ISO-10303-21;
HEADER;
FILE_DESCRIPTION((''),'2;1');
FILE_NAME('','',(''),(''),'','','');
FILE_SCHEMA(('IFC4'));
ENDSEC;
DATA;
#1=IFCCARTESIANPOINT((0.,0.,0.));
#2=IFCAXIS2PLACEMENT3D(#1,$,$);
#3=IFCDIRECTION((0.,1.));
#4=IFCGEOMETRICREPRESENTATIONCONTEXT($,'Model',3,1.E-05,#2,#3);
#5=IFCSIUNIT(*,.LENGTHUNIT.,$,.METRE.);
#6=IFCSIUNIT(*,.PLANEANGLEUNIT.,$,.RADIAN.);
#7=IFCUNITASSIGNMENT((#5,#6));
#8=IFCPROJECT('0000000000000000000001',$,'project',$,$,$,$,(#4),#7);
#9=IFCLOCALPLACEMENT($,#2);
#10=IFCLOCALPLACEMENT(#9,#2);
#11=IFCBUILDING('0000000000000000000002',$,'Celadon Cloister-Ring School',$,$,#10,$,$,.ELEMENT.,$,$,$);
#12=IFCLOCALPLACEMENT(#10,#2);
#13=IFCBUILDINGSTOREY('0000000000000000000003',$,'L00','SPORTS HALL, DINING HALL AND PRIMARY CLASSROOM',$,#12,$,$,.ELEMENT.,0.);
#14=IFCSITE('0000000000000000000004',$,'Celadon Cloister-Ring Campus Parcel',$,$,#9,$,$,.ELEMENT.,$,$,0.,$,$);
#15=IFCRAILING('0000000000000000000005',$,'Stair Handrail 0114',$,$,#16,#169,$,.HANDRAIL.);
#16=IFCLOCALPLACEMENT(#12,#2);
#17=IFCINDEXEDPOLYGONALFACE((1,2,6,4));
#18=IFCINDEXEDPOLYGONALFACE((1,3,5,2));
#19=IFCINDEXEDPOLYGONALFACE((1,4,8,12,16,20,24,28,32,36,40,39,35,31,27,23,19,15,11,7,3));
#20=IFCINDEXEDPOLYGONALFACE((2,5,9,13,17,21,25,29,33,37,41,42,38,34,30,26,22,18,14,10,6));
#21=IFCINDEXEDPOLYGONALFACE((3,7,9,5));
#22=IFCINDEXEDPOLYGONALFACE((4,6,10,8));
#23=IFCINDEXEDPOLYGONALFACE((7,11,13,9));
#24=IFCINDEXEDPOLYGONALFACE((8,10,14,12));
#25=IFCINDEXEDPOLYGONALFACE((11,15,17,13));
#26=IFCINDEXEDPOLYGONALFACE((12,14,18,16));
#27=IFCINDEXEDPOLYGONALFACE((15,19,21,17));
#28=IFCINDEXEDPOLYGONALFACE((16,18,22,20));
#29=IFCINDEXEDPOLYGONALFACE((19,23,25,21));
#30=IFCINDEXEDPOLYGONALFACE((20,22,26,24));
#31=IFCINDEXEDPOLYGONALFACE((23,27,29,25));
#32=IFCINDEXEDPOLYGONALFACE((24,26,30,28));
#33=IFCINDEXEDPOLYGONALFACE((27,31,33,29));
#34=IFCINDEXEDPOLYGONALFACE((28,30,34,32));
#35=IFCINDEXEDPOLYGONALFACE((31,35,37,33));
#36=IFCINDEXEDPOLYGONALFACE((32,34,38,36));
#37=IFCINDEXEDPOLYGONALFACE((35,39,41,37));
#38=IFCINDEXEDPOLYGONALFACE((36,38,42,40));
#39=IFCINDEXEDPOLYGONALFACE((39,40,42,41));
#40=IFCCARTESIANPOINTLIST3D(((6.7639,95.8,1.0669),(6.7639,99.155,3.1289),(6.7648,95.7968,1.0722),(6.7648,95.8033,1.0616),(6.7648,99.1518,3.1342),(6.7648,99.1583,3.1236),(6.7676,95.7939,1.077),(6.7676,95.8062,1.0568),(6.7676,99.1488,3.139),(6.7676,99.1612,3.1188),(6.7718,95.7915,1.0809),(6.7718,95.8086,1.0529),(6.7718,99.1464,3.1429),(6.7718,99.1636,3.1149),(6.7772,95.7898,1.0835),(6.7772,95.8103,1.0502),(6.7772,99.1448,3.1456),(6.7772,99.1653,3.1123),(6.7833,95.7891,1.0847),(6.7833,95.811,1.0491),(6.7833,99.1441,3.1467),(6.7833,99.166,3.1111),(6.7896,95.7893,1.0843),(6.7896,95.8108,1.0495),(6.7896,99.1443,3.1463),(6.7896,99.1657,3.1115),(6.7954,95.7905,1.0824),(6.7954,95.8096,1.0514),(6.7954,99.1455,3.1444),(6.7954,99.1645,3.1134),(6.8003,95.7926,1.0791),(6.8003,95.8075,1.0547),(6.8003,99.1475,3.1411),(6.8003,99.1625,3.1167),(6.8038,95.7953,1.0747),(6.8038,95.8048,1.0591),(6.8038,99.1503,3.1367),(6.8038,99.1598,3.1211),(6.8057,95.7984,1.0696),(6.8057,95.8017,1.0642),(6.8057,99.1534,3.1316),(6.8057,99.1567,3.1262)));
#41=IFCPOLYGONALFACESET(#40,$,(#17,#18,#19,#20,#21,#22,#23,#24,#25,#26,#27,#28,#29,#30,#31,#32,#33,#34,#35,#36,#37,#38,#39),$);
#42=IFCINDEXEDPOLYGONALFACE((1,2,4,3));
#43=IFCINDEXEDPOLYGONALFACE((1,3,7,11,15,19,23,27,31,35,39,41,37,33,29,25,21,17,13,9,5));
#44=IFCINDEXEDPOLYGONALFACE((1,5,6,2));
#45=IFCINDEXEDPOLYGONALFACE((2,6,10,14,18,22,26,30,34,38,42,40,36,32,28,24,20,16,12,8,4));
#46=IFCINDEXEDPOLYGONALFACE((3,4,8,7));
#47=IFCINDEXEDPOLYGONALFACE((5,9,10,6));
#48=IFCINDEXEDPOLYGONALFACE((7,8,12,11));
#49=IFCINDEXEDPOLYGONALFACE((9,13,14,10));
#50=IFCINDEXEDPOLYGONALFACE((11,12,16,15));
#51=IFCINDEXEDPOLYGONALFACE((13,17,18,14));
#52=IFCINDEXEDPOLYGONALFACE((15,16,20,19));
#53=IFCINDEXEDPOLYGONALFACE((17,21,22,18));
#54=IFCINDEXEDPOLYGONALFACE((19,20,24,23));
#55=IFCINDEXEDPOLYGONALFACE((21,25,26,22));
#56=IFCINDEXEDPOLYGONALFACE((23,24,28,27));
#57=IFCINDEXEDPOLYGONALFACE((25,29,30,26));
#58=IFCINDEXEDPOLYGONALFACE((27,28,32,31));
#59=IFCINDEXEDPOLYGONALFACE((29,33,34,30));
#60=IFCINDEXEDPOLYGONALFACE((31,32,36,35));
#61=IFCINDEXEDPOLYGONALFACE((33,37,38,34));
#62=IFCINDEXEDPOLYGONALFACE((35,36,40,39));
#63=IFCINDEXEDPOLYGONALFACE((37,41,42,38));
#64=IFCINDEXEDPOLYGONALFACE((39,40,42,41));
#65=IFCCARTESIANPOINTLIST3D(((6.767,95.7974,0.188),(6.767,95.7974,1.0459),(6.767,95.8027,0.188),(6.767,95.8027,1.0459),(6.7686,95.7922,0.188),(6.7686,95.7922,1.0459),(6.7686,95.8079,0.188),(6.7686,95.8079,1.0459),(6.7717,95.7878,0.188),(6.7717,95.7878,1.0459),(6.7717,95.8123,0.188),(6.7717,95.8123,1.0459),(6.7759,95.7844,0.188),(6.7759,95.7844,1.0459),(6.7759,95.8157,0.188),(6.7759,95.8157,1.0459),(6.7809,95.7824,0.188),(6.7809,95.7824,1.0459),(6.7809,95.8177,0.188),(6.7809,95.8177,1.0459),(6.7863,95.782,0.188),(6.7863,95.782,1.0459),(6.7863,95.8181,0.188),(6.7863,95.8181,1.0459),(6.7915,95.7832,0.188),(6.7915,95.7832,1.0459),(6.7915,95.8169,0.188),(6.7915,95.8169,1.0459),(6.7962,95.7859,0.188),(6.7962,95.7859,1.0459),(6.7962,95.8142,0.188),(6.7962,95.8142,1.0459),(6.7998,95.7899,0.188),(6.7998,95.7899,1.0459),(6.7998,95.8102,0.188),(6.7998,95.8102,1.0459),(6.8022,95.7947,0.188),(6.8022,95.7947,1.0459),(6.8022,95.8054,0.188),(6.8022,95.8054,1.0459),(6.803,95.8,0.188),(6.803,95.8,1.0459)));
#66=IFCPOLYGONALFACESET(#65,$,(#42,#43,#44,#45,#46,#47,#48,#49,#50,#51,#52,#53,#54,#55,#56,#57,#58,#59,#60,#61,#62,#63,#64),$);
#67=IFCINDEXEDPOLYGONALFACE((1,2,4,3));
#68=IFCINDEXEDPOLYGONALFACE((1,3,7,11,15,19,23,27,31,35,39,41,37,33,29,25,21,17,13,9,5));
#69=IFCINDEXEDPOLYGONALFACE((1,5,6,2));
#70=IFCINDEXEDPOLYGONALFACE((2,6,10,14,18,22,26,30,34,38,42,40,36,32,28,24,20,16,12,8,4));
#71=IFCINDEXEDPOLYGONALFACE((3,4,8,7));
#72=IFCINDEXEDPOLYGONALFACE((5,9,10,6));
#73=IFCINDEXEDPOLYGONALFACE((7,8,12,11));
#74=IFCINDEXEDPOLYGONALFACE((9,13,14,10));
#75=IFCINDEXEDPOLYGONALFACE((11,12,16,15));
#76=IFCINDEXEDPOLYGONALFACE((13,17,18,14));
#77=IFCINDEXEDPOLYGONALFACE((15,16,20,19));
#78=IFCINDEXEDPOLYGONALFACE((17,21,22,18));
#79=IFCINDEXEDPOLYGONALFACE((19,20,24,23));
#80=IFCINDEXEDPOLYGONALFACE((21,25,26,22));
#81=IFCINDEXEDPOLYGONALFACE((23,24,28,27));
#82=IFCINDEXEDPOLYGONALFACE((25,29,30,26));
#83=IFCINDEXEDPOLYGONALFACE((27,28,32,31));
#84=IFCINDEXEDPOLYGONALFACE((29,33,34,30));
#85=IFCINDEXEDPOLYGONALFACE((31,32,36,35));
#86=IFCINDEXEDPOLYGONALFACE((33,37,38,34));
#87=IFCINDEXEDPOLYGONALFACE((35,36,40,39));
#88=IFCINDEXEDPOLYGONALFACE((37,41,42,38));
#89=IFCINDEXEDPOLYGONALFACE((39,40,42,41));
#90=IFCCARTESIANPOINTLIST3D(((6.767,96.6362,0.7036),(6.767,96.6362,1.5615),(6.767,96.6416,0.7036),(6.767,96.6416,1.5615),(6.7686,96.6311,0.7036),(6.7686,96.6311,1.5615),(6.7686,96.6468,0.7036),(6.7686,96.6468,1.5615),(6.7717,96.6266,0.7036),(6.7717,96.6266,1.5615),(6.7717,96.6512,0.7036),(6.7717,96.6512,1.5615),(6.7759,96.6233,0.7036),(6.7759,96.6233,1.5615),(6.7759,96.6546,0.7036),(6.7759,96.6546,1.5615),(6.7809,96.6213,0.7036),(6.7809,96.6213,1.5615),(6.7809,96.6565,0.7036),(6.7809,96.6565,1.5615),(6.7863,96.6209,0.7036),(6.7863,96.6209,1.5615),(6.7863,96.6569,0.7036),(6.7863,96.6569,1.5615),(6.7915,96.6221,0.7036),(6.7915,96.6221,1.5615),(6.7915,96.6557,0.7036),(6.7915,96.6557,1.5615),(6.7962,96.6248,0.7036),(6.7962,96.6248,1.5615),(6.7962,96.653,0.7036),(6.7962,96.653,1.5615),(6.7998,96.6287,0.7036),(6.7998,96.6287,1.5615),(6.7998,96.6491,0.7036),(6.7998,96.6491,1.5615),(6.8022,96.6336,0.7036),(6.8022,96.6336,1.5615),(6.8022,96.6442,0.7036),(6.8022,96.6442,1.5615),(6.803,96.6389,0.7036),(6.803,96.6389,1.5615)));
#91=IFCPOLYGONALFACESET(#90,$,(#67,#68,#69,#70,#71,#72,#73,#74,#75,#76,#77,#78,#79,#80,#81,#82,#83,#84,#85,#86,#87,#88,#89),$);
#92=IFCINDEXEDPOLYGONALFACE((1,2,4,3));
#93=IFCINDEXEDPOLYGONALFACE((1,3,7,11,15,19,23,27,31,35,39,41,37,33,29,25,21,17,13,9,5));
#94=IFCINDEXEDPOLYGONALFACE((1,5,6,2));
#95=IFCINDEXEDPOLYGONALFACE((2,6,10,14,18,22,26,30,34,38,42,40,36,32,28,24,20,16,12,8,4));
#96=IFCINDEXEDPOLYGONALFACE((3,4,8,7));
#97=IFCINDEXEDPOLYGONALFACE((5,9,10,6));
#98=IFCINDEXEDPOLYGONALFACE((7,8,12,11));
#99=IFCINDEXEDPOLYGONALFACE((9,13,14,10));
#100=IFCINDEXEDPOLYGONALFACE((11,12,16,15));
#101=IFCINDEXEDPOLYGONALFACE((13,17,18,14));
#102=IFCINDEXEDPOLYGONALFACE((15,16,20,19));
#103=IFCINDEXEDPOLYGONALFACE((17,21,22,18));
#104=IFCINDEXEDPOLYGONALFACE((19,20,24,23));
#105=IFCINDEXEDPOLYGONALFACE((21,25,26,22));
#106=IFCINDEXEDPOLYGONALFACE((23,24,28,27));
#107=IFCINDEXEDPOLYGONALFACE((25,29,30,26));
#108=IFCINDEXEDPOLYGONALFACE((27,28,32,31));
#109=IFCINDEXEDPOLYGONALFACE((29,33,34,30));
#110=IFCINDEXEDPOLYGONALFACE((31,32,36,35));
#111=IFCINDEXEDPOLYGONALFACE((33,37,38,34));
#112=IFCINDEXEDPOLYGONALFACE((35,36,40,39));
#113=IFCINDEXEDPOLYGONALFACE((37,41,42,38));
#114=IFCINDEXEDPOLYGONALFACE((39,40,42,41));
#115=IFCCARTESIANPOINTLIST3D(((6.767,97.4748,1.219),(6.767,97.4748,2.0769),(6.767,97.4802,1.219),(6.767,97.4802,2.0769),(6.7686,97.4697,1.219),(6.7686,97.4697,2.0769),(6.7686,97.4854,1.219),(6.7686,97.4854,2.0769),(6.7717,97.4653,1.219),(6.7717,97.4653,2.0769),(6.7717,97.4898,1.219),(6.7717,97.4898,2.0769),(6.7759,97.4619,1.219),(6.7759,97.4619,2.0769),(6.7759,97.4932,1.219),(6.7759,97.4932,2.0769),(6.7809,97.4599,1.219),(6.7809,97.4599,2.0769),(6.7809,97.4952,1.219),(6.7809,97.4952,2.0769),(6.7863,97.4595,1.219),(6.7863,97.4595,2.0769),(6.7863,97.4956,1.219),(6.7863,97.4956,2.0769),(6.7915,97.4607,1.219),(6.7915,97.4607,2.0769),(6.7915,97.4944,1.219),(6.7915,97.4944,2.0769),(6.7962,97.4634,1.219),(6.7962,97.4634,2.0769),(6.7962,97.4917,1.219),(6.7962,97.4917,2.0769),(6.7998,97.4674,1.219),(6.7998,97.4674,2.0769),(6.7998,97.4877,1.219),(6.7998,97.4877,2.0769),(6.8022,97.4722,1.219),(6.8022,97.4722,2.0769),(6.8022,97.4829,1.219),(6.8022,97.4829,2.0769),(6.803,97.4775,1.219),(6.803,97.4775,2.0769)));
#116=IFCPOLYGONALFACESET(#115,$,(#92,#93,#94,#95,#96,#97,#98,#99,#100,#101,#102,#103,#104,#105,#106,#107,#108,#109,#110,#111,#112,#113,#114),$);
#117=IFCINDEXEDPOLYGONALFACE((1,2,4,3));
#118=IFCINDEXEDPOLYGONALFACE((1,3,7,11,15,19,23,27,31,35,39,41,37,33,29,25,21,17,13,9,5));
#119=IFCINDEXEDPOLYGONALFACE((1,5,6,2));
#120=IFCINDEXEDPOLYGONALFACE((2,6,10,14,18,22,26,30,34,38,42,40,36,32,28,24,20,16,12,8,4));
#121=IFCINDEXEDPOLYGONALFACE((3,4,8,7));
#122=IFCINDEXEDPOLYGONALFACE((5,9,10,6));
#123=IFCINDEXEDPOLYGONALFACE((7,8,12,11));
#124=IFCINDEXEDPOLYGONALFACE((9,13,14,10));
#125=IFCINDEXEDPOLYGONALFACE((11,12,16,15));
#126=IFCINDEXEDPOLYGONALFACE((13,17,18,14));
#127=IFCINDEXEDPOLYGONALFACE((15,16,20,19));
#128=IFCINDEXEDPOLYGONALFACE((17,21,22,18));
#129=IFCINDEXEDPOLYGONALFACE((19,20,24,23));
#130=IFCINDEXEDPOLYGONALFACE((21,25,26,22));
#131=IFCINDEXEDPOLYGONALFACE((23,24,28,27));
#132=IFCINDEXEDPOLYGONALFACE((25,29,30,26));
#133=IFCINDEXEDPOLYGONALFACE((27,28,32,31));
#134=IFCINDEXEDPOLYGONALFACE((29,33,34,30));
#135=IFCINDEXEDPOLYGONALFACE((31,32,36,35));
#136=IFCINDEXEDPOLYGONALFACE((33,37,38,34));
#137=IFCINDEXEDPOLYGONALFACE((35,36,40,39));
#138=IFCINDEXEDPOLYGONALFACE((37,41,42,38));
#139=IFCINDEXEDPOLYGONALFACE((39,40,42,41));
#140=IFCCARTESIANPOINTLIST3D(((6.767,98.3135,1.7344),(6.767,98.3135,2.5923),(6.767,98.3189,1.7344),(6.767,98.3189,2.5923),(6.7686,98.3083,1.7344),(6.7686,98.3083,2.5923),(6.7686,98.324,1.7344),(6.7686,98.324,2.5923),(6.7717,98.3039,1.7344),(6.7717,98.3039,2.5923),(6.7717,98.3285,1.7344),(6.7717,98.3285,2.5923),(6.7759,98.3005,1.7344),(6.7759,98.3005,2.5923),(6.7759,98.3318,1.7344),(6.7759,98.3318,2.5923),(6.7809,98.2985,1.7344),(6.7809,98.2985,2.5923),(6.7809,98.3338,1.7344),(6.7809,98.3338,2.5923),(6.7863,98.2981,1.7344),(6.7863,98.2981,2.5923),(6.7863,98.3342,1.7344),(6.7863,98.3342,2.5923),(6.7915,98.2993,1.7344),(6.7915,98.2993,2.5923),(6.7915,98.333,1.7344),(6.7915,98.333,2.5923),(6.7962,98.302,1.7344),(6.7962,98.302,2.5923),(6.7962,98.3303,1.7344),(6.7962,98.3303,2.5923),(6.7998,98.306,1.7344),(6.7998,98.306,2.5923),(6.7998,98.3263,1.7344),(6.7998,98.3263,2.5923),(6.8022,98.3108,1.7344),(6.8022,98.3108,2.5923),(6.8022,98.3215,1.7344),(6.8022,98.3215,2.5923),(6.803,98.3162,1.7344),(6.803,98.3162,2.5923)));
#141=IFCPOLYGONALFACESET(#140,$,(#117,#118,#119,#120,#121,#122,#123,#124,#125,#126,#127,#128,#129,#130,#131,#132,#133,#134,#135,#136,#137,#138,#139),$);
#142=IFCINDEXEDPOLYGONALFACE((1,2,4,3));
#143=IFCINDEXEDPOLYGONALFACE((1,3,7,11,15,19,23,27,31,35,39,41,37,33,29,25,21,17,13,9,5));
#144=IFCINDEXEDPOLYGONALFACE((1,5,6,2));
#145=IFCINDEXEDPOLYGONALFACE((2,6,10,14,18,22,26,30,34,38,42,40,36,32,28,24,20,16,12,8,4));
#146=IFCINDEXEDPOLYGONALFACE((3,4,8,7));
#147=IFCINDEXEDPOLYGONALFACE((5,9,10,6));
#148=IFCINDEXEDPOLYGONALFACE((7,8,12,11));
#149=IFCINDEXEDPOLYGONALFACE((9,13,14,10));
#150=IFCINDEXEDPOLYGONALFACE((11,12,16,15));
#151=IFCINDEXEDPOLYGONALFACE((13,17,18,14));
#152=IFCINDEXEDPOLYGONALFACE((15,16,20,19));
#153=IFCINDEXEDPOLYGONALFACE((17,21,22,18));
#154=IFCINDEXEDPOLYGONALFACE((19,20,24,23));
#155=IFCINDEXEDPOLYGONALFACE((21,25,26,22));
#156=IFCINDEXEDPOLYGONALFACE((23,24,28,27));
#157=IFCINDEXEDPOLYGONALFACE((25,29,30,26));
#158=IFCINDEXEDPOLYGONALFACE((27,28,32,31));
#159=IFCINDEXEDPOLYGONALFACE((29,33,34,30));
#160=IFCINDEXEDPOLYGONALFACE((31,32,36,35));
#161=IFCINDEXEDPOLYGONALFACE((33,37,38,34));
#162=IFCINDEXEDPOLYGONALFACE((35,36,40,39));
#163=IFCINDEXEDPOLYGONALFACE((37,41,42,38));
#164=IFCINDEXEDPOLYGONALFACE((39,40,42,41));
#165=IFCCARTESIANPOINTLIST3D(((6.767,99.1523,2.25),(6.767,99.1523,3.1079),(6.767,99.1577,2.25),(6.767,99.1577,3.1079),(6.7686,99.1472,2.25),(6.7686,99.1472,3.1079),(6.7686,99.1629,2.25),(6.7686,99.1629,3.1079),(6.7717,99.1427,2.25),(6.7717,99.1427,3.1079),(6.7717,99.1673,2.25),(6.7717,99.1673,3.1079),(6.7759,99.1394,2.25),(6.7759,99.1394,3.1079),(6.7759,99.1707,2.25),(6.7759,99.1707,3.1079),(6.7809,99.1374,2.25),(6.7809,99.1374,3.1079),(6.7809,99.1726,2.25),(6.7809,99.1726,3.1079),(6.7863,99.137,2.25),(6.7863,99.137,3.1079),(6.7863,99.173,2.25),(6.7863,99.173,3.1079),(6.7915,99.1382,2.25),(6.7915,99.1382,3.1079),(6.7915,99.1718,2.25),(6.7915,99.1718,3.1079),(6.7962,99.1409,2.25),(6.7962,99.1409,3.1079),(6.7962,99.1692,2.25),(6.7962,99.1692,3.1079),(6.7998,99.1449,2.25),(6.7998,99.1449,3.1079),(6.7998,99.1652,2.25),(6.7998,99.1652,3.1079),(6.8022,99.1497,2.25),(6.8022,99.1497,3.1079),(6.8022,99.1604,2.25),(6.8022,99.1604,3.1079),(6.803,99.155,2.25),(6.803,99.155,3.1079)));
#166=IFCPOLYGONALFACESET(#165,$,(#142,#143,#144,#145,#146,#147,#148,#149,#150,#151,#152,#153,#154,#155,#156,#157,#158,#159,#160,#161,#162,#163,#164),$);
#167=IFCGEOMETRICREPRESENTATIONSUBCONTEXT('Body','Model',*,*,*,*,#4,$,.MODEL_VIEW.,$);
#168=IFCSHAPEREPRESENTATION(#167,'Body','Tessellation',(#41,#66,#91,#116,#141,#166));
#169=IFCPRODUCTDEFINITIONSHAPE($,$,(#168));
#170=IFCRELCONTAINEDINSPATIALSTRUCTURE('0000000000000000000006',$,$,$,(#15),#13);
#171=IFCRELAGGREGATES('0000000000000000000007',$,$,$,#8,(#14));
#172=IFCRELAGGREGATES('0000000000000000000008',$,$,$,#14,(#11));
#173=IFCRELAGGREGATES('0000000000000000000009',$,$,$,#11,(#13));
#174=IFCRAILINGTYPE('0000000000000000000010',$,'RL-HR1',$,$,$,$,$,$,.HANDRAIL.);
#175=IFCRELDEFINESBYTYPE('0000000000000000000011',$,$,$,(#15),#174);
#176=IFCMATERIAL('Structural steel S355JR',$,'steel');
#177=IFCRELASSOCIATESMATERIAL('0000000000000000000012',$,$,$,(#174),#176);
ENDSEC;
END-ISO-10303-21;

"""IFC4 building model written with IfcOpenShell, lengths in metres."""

from ifc_helpers import new_model, si_unit, direction, frame, origin, origin_2d, place, context, subcontext, project, spatial, circle, extrude, material, type_object, element, save


model = new_model("IFC4")

# Units and contexts
model_context = context("Model", 3, precision=1e-05, world=origin(), true_north=direction((0.0, 1.0)))
body_context = subcontext(model_context, "Body", "Model", "MODEL_VIEW")
ifc_project = project(units=[si_unit("LENGTHUNIT", "METRE"), si_unit("PLANEANGLEUNIT", "RADIAN")], contexts=[model_context])

# Site, building, storey
site_placement = place(None, origin())
site = spatial("IfcSite", under=ifc_project, at=site_placement, Name="Celadon Cloister-Ring Campus Parcel", CompositionType="ELEMENT", RefElevation=0.0)
building_placement = place(site_placement, origin())
building = spatial("IfcBuilding", under=site, at=building_placement, Name="Celadon Cloister-Ring School", CompositionType="ELEMENT")
storey_placement = place(building_placement, origin())
storey = spatial("IfcBuildingStorey", under=building, at=storey_placement, Name="L00", Description="SPORTS HALL, DINING HALL AND PRIMARY CLASSROOM", CompositionType="ELEMENT", Elevation=0.0)

# Railing
ifc_material_1 = material(Name="Structural steel S355JR", Category="steel")
railing_type = type_object("IfcRailingType", Name="RL-HR1", PredefinedType="HANDRAIL", material=ifc_material_1)
for number, where, name in (
    (1, (6.7849, 95.8, 0.188), "Stair Handrail 0114"),
):
    element("IfcRailing", number, at=place(storey_placement, frame(where)), inside=storey, type_object=railing_type, Name=name, PredefinedType="HANDRAIL", context=body_context, shape_type="SweptSolid", body=[
        extrude(circle(Radius=0.021, at=origin_2d()), frame((0.0, 0.0, 0.8789), z_axis=(0.0, 0.851952, 0.52362), x_axis=(-1.0, 0.0, 0.0)), (0.0, 0.0, 1.0), 3.938),
        extrude(circle(Radius=0.0181, at=origin_2d()), origin(), (0.0, 0.0, 1.0), 0.8579),
        extrude(circle(Radius=0.0181, at=origin_2d()), frame((0.0, 0.8389, 0.5156)), (0.0, 0.0, 1.0), 0.8579),
        extrude(circle(Radius=0.0181, at=origin_2d()), frame((0.0, 1.6775, 1.031)), (0.0, 0.0, 1.0), 0.8579),
        extrude(circle(Radius=0.0181, at=origin_2d()), frame((0.0, 2.5161, 1.5464)), (0.0, 0.0, 1.0), 0.8579),
        extrude(circle(Radius=0.0181, at=origin_2d()), frame((0.0, 3.355, 2.062)), (0.0, 0.0, 1.0), 0.8579),
    ])

save(model, "model.ifc")
